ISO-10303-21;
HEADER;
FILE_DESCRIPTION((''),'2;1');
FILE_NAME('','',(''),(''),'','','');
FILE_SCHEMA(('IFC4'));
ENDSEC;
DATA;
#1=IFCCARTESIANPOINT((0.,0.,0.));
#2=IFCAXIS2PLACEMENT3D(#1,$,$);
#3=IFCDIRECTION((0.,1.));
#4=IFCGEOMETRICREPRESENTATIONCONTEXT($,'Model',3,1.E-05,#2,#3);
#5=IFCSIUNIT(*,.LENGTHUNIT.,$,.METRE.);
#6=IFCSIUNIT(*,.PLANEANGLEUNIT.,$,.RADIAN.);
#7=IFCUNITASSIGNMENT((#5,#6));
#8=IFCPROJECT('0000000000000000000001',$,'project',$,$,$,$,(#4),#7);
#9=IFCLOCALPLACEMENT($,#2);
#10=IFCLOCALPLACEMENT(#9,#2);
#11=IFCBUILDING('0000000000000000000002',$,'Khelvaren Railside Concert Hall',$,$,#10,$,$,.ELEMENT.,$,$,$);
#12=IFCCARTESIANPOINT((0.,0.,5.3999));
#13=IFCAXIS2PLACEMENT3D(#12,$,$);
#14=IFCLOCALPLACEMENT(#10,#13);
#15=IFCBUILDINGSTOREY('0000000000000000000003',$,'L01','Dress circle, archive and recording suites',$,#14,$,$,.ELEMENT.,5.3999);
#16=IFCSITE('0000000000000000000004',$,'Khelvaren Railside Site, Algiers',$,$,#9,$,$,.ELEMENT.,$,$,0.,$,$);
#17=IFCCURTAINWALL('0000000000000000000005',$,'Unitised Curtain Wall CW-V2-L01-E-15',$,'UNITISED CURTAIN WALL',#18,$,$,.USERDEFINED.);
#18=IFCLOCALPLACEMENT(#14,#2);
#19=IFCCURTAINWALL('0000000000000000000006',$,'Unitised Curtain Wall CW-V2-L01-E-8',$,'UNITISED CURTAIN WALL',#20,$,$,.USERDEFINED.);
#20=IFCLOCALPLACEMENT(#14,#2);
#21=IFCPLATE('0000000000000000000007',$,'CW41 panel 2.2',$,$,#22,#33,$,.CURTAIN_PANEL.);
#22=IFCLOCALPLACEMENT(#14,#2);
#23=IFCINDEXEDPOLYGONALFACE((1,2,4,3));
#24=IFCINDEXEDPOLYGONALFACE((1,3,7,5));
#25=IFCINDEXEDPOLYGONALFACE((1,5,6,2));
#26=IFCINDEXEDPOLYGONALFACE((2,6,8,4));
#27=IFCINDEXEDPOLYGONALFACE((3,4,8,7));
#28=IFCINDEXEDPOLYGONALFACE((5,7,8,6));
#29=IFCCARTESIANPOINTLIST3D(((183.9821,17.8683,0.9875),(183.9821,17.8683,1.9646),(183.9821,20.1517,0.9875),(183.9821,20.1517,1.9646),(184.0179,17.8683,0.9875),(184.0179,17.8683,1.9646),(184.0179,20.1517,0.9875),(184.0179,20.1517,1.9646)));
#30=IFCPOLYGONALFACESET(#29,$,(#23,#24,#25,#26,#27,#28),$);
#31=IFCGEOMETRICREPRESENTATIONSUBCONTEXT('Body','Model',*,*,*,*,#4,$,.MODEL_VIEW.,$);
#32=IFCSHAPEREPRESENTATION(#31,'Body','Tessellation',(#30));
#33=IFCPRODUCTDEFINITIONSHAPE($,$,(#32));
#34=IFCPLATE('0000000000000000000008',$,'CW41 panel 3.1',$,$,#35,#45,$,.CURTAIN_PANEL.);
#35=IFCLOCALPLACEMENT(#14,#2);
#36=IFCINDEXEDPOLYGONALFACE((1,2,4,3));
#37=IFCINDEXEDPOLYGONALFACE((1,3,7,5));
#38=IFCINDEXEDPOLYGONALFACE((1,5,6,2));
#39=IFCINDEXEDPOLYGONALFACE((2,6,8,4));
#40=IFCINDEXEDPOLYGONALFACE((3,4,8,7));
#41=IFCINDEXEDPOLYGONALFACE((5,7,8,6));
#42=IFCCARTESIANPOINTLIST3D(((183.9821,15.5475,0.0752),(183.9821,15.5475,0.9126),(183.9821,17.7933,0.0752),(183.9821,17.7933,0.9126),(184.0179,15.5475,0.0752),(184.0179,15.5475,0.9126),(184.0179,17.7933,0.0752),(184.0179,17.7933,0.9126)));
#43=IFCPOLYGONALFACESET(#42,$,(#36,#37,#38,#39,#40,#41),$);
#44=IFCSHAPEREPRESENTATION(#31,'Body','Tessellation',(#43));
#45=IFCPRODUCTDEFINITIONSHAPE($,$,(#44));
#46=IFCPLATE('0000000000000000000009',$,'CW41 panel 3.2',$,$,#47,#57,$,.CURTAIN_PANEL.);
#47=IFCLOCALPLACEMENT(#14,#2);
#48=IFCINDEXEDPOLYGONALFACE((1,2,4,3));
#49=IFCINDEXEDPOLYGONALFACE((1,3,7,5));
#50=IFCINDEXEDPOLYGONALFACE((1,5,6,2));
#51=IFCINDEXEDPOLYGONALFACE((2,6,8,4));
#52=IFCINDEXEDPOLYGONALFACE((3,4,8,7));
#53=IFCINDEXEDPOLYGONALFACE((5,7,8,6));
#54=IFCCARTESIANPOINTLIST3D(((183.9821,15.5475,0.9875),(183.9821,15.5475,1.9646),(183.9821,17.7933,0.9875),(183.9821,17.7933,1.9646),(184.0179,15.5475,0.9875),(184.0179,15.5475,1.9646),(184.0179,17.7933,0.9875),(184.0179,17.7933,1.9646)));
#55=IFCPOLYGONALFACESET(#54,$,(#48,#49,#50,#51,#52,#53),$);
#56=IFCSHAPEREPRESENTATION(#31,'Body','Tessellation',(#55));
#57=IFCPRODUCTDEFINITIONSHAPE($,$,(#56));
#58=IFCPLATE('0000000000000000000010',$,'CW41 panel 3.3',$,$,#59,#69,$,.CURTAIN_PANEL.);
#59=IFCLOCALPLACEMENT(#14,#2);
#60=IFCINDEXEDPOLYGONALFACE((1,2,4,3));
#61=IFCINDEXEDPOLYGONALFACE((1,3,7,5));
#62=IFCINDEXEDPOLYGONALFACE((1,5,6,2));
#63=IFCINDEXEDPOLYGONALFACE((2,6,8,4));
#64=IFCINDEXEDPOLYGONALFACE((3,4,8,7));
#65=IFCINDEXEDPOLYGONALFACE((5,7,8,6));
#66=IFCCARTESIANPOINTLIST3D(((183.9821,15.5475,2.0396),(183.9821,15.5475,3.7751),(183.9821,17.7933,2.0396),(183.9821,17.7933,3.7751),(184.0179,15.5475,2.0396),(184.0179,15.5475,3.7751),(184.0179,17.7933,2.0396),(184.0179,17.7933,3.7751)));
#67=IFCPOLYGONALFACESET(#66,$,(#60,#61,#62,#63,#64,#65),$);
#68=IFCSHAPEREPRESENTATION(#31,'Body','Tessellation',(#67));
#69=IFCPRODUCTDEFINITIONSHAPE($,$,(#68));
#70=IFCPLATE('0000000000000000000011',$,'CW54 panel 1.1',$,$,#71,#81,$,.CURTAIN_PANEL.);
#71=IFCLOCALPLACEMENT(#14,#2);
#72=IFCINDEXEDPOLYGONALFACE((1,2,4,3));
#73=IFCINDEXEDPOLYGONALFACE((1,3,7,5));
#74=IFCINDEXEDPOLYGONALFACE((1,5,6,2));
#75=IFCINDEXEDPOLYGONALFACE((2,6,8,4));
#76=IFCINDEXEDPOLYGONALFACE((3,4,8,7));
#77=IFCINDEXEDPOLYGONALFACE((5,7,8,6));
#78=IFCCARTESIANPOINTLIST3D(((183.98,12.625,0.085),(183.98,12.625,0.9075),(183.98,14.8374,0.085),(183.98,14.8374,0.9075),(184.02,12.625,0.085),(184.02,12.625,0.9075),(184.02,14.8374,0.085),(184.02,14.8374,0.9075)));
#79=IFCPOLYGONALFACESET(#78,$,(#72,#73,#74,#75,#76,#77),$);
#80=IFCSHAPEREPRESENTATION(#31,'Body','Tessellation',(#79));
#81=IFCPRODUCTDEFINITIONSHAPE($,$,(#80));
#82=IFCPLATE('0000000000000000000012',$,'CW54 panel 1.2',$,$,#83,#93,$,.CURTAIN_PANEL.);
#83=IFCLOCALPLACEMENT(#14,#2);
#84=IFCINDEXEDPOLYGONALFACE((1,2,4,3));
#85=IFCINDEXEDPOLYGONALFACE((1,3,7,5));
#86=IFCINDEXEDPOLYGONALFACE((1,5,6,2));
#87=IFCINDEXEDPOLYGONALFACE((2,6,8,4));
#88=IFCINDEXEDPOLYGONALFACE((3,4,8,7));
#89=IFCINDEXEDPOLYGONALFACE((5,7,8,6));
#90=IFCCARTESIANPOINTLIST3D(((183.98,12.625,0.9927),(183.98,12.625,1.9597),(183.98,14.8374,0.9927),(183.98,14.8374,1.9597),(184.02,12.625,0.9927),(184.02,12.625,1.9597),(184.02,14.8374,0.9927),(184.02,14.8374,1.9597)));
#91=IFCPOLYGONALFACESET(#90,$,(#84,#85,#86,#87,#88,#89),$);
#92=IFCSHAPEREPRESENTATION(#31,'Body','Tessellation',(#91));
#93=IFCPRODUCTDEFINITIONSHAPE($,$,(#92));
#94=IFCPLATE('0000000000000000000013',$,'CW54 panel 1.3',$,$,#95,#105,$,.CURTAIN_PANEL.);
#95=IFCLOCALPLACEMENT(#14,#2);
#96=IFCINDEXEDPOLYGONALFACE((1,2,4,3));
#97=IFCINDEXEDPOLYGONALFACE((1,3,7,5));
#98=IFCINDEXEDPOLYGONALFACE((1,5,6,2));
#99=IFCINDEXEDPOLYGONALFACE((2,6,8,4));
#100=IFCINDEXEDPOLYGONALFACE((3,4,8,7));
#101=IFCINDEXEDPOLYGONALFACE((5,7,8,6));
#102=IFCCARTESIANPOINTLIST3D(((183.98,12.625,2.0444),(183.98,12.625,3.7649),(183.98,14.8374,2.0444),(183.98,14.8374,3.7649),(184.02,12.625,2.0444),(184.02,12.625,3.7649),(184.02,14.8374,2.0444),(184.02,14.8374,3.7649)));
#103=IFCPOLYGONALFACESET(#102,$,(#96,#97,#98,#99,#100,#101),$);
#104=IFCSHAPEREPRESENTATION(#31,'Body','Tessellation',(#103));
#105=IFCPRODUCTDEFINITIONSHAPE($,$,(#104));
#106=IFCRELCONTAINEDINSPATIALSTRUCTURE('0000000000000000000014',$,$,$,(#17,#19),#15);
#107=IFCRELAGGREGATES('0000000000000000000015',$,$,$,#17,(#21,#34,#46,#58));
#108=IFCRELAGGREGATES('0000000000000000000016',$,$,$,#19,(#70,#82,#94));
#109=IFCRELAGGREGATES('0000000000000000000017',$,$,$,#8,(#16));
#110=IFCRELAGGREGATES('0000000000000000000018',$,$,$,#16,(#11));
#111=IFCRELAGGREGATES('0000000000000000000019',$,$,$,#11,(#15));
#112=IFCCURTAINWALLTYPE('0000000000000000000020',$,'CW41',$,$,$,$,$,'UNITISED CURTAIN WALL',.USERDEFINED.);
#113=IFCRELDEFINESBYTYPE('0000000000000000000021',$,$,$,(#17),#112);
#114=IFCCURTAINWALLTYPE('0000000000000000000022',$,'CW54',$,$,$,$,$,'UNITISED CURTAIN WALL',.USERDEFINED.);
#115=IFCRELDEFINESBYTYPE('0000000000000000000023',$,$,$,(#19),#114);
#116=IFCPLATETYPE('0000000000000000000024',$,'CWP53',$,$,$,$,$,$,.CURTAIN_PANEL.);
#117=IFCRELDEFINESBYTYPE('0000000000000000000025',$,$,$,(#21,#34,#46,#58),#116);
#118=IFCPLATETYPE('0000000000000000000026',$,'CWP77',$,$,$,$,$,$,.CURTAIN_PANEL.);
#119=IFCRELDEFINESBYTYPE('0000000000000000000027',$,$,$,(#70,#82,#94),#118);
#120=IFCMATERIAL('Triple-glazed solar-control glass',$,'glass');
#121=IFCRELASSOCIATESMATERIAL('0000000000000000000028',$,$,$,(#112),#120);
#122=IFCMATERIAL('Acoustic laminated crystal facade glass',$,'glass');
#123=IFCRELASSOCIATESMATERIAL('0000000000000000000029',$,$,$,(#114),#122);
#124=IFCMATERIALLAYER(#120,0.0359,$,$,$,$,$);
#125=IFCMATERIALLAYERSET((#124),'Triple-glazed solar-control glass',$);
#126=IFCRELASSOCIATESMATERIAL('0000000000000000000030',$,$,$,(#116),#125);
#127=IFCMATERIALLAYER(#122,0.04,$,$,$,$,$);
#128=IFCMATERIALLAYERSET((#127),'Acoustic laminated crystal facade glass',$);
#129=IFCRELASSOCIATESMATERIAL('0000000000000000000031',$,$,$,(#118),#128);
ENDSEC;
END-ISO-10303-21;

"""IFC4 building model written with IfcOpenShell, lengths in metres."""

from ifc_helpers import new_model, si_unit, direction, frame, origin, origin_2d, place, context, subcontext, project, spatial, rectangle, extrude, material, layer, layer_set, type_object, element, aggregate, save


model = new_model("IFC4")

# Units and contexts
model_context = context("Model", 3, precision=1e-05, world=origin(), true_north=direction((0.0, 1.0)))
body_context = subcontext(model_context, "Body", "Model", "MODEL_VIEW")
ifc_project = project(units=[si_unit("LENGTHUNIT", "METRE"), si_unit("PLANEANGLEUNIT", "RADIAN")], contexts=[model_context])

# Site, building, storey
site_placement = place(None, origin())
site = spatial("IfcSite", under=ifc_project, at=site_placement, Name="Khelvaren Railside Site, Algiers", CompositionType="ELEMENT", RefElevation=0.0)
building_placement = place(site_placement, origin())
building = spatial("IfcBuilding", under=site, at=building_placement, Name="Khelvaren Railside Concert Hall", CompositionType="ELEMENT")
storey_placement = place(building_placement, frame((0.0, 0.0, 5.3999)))
storey = spatial("IfcBuildingStorey", under=building, at=storey_placement, Name="L01", Description="Dress circle, archive and recording suites", CompositionType="ELEMENT", Elevation=5.3999)

# Curtain walls
ifc_material_1 = material(Name="Triple-glazed solar-control glass", Category="glass")
curtain_wall_type_1 = type_object("IfcCurtainWallType", Name="CW41", ElementType="UNITISED CURTAIN WALL", PredefinedType="USERDEFINED", material=ifc_material_1)
curtain_wall_1_placement = place(storey_placement, origin())
curtain_wall_1 = element("IfcCurtainWall", 1, at=curtain_wall_1_placement, inside=storey, type_object=curtain_wall_type_1, Name="Unitised Curtain Wall CW-V2-L01-E-15", ObjectType="UNITISED CURTAIN WALL", PredefinedType="USERDEFINED")
ifc_material_2 = material(Name="Acoustic laminated crystal facade glass", Category="glass")
curtain_wall_type_2 = type_object("IfcCurtainWallType", Name="CW54", ElementType="UNITISED CURTAIN WALL", PredefinedType="USERDEFINED", material=ifc_material_2)
curtain_wall_2_placement = place(storey_placement, origin())
curtain_wall_2 = element("IfcCurtainWall", 2, at=curtain_wall_2_placement, inside=storey, type_object=curtain_wall_type_2, Name="Unitised Curtain Wall CW-V2-L01-E-8", ObjectType="UNITISED CURTAIN WALL", PredefinedType="USERDEFINED")

# Plates
ifc_layer_1 = layer(ifc_material_1, 0.0359)
ifc_layer_set_1 = layer_set([ifc_layer_1], Name="Triple-glazed solar-control glass")
plate_type_1 = type_object("IfcPlateType", Name="CWP53", PredefinedType="CURTAIN_PANEL", material=ifc_layer_set_1)
plate_1_placement = place(storey_placement, frame((184.0, 19.01, 0.9875), z_axis=(0.0, 0.0, 1.0), x_axis=(0.0, -1.0, 0.0)))
plate_1 = element("IfcPlate", 3, at=plate_1_placement, type_object=plate_type_1, Name="CW41 panel 2.2", PredefinedType="CURTAIN_PANEL", context=body_context, shape_type="SweptSolid", body=[
    extrude(rectangle(XDim=2.2834, YDim=0.0359, at=origin_2d()), origin(), (0.0, 0.0, 1.0), 0.9771),
])
plate_2_placement = place(storey_placement, frame((184.0, 16.6704, 0.0752), z_axis=(0.0, 0.0, 1.0), x_axis=(0.0, -1.0, 0.0)))
plate_2 = element("IfcPlate", 4, at=plate_2_placement, type_object=plate_type_1, Name="CW41 panel 3.1", PredefinedType="CURTAIN_PANEL", context=body_context, shape_type="SweptSolid", body=[
    extrude(rectangle(XDim=2.2458, YDim=0.0359, at=origin_2d()), origin(), (0.0, 0.0, 1.0), 0.8374),
])
plate_3_placement = place(storey_placement, frame((184.0, 16.6704, 0.9875), z_axis=(0.0, 0.0, 1.0), x_axis=(0.0, -1.0, 0.0)))
plate_3 = element("IfcPlate", 5, at=plate_3_placement, type_object=plate_type_1, Name="CW41 panel 3.2", PredefinedType="CURTAIN_PANEL", context=body_context, shape_type="SweptSolid", body=[
    extrude(rectangle(XDim=2.2458, YDim=0.0359, at=origin_2d()), origin(), (0.0, 0.0, 1.0), 0.9771),
])
plate_4_placement = place(storey_placement, frame((184.0, 16.6704, 2.0396), z_axis=(0.0, 0.0, 1.0), x_axis=(0.0, -1.0, 0.0)))
plate_4 = element("IfcPlate", 6, at=plate_4_placement, type_object=plate_type_1, Name="CW41 panel 3.3", PredefinedType="CURTAIN_PANEL", context=body_context, shape_type="SweptSolid", body=[
    extrude(rectangle(XDim=2.2458, YDim=0.0359, at=origin_2d()), origin(), (0.0, 0.0, 1.0), 1.7356),
])
aggregate(curtain_wall_1, [plate_1, plate_2, plate_3, plate_4])
ifc_layer_2 = layer(ifc_material_2, 0.04)
ifc_layer_set_2 = layer_set([ifc_layer_2], Name="Acoustic laminated crystal facade glass")
plate_type_2 = type_object("IfcPlateType", Name="CWP77", PredefinedType="CURTAIN_PANEL", material=ifc_layer_set_2)
plate_5_placement = place(storey_placement, frame((184.0, 13.7312, 0.085), z_axis=(0.0, 0.0, 1.0), x_axis=(0.0, -1.0, 0.0)))
plate_5 = element("IfcPlate", 7, at=plate_5_placement, type_object=plate_type_2, Name="CW54 panel 1.1", PredefinedType="CURTAIN_PANEL", context=body_context, shape_type="SweptSolid", body=[
    extrude(rectangle(XDim=2.2124, YDim=0.04, at=origin_2d()), origin(), (0.0, 0.0, 1.0), 0.8225),
])
plate_6_placement = place(storey_placement, frame((184.0, 13.7312, 0.9927), z_axis=(0.0, 0.0, 1.0), x_axis=(0.0, -1.0, 0.0)))
plate_6 = element("IfcPlate", 8, at=plate_6_placement, type_object=plate_type_2, Name="CW54 panel 1.2", PredefinedType="CURTAIN_PANEL", context=body_context, shape_type="SweptSolid", body=[
    extrude(rectangle(XDim=2.2124, YDim=0.04, at=origin_2d()), origin(), (0.0, 0.0, 1.0), 0.967),
])
plate_7_placement = place(storey_placement, frame((184.0, 13.7312, 2.0444), z_axis=(0.0, 0.0, 1.0), x_axis=(0.0, -1.0, 0.0)))
plate_7 = element("IfcPlate", 9, at=plate_7_placement, type_object=plate_type_2, Name="CW54 panel 1.3", PredefinedType="CURTAIN_PANEL", context=body_context, shape_type="SweptSolid", body=[
    extrude(rectangle(XDim=2.2124, YDim=0.04, at=origin_2d()), origin(), (0.0, 0.0, 1.0), 1.7205),
])
aggregate(curtain_wall_2, [plate_5, plate_6, plate_7])

save(model, "model.ifc")
